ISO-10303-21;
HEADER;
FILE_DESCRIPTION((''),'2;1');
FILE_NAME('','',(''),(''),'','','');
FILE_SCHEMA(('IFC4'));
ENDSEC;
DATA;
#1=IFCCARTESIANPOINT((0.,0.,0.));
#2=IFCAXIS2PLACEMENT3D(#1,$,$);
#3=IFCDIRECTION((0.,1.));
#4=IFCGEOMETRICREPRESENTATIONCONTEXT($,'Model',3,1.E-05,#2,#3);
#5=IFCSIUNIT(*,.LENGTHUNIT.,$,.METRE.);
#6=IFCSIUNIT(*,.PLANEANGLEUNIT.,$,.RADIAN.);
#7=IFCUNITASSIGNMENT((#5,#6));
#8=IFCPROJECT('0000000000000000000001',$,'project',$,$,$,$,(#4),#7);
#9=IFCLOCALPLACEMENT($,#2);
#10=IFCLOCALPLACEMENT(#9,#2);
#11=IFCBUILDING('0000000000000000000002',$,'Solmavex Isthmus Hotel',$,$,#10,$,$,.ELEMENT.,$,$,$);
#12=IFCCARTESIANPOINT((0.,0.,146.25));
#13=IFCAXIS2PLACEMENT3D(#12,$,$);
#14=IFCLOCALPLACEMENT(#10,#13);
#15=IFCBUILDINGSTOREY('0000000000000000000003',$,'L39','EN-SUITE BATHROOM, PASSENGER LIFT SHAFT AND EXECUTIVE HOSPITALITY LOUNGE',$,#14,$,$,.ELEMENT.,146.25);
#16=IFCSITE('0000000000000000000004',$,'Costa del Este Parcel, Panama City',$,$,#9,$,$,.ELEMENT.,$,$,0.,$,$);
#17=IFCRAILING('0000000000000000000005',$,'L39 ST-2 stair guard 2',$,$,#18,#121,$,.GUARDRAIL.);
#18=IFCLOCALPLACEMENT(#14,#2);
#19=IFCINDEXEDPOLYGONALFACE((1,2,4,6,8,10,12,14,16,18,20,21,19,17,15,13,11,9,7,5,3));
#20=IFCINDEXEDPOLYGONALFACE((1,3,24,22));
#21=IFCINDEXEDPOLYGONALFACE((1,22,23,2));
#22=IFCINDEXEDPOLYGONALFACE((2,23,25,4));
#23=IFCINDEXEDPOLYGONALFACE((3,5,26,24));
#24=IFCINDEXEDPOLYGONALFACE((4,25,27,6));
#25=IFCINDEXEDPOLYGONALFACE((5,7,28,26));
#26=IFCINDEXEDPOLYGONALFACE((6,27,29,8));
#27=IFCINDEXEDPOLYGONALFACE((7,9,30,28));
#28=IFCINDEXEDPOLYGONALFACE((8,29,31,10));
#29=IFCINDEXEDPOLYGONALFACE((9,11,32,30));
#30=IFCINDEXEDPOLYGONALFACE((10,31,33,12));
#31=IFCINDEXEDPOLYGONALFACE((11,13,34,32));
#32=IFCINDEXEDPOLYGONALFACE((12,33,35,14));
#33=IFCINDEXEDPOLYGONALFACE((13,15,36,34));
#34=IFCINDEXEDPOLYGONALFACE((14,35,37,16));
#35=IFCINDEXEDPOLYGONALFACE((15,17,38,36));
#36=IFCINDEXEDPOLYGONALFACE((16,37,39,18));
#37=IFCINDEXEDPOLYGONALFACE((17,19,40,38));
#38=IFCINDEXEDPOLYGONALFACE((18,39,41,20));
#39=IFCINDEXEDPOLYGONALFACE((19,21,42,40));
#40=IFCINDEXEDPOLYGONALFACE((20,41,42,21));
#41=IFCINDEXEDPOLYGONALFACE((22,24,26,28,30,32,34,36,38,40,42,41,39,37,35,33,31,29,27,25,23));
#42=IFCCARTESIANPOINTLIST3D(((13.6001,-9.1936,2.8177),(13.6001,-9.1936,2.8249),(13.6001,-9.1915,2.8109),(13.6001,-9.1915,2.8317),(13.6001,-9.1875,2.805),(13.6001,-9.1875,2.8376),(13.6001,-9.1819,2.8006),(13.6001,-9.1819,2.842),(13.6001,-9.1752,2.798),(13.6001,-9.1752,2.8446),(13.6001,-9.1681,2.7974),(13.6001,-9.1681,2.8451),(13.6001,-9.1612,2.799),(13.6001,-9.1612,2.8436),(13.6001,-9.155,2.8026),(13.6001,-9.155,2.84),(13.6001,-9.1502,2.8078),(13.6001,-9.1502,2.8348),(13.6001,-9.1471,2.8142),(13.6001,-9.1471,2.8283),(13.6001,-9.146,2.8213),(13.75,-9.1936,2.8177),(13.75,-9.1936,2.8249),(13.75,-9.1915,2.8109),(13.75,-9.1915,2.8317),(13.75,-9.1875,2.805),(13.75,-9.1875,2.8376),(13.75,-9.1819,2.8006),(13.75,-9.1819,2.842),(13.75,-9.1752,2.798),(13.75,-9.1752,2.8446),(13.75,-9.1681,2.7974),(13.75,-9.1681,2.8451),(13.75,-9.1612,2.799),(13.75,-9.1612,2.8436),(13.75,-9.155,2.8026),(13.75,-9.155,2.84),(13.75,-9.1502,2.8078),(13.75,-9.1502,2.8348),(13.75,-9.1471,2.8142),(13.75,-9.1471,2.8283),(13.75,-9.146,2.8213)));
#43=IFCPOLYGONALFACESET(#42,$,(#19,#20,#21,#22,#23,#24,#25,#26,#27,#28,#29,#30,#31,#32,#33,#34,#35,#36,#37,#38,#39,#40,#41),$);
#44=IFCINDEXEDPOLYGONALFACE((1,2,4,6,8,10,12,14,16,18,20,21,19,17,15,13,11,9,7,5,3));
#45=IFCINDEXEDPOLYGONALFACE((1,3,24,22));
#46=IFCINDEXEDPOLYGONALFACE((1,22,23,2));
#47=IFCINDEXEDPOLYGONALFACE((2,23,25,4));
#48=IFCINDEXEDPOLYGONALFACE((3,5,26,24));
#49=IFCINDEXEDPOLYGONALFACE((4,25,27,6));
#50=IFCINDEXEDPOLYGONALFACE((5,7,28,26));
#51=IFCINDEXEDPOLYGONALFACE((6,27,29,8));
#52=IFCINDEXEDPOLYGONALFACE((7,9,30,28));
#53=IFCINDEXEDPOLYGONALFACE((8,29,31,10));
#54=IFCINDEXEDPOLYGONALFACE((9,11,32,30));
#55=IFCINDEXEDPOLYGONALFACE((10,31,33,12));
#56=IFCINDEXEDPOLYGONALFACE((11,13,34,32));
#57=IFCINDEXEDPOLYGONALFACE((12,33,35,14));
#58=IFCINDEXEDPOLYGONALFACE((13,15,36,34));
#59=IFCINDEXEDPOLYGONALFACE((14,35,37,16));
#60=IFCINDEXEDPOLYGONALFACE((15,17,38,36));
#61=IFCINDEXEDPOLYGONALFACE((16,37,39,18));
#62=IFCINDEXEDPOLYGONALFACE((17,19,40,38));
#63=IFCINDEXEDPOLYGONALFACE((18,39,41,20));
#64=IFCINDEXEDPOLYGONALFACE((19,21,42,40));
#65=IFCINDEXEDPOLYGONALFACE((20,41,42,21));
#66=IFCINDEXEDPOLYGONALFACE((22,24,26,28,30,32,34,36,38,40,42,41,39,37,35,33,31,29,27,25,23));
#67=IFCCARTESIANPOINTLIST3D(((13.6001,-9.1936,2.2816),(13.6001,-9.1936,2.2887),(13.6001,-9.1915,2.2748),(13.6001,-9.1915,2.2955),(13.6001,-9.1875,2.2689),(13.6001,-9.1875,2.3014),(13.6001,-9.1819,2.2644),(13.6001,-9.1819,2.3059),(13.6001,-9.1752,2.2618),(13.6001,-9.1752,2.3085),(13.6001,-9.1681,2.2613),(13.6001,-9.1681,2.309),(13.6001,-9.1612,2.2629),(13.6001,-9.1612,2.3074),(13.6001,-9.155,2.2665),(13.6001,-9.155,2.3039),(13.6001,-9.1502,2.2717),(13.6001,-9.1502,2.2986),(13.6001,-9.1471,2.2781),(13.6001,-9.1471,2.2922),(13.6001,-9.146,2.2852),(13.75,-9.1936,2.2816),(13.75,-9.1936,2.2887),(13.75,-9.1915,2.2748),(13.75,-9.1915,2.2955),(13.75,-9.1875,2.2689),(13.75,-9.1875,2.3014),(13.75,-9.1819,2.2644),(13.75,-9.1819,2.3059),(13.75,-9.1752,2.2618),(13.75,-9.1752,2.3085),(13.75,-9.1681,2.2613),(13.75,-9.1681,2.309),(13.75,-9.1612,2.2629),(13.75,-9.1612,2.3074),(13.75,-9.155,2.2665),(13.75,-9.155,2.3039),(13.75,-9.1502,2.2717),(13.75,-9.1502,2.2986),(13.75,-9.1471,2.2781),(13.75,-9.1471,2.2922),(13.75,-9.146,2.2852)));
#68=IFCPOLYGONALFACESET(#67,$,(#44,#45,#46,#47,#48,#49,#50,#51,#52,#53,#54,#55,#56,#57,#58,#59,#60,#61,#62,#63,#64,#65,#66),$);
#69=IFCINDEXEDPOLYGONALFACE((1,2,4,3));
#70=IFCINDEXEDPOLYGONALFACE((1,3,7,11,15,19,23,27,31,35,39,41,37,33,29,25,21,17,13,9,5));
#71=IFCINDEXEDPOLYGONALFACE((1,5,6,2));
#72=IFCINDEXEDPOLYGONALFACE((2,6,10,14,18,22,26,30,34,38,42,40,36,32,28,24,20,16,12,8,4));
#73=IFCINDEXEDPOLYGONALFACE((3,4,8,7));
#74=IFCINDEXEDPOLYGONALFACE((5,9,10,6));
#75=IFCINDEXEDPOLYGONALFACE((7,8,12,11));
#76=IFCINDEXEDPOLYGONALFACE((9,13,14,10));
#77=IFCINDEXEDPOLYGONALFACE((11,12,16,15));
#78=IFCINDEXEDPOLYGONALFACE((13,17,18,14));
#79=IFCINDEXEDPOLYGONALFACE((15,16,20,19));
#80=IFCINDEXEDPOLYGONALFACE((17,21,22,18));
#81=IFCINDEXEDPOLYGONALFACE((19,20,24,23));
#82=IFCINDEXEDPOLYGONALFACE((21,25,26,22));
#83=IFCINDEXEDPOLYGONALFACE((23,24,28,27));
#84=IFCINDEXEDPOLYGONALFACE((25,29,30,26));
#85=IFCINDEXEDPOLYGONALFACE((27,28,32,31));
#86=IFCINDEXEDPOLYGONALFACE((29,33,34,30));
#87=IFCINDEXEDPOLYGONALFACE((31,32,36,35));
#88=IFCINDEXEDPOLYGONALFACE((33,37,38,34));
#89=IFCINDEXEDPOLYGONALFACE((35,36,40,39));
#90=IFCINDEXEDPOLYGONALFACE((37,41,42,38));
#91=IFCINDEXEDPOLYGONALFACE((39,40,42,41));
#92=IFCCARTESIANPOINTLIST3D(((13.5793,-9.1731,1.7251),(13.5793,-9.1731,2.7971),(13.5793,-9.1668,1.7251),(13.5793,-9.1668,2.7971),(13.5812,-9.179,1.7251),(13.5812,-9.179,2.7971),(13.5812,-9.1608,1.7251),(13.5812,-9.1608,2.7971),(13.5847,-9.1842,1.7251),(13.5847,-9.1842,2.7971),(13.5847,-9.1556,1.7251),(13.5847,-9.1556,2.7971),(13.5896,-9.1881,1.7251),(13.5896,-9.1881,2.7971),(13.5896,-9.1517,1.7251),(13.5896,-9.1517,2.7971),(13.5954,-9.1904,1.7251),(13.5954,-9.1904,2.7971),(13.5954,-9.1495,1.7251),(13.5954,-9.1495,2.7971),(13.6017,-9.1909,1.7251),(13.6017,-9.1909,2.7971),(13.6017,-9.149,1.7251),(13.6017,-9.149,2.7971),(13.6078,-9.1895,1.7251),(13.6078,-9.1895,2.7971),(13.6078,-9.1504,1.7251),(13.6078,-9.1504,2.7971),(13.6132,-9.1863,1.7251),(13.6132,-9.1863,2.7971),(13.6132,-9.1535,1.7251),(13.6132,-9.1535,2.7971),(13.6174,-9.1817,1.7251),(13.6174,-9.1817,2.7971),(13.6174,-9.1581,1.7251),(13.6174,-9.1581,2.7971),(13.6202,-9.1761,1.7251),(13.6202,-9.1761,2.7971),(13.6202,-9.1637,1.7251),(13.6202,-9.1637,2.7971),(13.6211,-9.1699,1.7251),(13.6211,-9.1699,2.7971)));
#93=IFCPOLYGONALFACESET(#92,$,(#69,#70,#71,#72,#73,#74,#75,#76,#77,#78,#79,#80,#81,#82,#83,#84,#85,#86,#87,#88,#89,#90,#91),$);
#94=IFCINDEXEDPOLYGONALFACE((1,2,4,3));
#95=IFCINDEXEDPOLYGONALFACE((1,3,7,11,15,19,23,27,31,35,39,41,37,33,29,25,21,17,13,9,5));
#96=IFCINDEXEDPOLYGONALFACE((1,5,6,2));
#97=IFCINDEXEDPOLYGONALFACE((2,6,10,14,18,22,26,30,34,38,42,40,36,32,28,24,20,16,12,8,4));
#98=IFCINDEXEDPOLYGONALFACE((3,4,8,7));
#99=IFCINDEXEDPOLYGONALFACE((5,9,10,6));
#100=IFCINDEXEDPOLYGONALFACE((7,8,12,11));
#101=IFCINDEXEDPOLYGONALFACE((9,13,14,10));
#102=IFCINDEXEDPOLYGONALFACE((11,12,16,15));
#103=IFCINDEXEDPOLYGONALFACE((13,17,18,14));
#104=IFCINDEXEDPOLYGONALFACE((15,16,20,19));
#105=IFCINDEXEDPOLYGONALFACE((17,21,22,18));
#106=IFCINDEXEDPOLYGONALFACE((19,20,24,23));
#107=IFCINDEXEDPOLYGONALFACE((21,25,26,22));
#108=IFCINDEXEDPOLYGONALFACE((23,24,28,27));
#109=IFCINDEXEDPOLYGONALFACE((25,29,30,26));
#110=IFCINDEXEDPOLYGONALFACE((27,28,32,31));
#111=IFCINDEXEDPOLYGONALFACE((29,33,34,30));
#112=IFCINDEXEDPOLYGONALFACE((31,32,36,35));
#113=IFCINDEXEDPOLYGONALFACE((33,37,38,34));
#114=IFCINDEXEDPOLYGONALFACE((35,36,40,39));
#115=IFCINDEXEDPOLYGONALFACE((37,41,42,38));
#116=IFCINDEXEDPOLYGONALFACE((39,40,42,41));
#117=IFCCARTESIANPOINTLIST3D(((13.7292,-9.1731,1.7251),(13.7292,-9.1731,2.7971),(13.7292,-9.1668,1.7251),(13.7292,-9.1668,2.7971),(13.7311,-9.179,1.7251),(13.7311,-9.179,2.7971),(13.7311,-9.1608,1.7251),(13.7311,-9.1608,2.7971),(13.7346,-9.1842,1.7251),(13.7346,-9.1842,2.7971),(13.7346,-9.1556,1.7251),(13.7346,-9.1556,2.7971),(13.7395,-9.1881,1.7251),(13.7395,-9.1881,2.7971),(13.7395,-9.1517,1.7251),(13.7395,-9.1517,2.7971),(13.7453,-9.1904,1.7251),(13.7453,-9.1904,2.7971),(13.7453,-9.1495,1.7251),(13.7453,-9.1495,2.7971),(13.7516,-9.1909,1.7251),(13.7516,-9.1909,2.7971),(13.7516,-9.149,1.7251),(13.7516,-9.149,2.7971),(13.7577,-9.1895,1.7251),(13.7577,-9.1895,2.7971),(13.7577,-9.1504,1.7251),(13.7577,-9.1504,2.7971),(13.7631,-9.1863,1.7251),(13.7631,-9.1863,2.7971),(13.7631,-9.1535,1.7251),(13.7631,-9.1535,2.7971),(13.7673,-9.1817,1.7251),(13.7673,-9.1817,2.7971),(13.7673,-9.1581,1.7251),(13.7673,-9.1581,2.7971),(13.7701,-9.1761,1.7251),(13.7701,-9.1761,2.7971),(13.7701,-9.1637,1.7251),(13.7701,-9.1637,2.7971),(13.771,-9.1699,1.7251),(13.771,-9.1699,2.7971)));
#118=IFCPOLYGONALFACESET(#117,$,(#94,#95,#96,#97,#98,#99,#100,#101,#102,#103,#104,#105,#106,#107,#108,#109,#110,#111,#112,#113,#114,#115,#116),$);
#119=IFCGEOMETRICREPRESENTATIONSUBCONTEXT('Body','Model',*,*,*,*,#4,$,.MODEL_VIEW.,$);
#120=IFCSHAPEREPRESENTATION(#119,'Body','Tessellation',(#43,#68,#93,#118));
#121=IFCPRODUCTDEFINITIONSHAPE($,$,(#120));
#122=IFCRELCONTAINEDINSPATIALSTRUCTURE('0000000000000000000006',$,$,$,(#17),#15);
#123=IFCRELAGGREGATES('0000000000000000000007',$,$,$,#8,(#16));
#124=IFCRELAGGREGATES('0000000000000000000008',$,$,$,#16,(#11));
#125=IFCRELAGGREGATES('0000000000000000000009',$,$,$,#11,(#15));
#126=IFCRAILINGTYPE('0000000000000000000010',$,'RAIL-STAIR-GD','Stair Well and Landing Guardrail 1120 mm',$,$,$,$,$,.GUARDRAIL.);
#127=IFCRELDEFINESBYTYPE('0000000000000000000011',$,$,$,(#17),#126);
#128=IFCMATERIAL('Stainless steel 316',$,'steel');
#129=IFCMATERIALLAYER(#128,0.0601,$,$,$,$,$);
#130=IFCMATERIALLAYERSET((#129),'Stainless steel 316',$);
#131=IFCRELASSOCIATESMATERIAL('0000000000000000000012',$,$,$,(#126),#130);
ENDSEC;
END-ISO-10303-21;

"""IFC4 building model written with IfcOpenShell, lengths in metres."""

from ifc_helpers import new_model, si_unit, direction, frame, origin, origin_2d, place, context, subcontext, project, spatial, circle, extrude, material, layer, layer_set, type_object, element, save


model = new_model("IFC4")

# Units and contexts
model_context = context("Model", 3, precision=1e-05, world=origin(), true_north=direction((0.0, 1.0)))
body_context = subcontext(model_context, "Body", "Model", "MODEL_VIEW")
ifc_project = project(units=[si_unit("LENGTHUNIT", "METRE"), si_unit("PLANEANGLEUNIT", "RADIAN")], contexts=[model_context])

# Site, building, storey
site_placement = place(None, origin())
site = spatial("IfcSite", under=ifc_project, at=site_placement, Name="Costa del Este Parcel, Panama City", CompositionType="ELEMENT", RefElevation=0.0)
building_placement = place(site_placement, origin())
building = spatial("IfcBuilding", under=site, at=building_placement, Name="Solmavex Isthmus Hotel", CompositionType="ELEMENT")
storey_placement = place(building_placement, frame((0.0, 0.0, 146.25)))
storey = spatial("IfcBuildingStorey", under=building, at=storey_placement, Name="L39", Description="EN-SUITE BATHROOM, PASSENGER LIFT SHAFT AND EXECUTIVE HOSPITALITY LOUNGE", CompositionType="ELEMENT", Elevation=146.25)

# Shared definitions
ifc_material_1 = material(Name="Stainless steel 316", Category="steel")

# Railing
ifc_layer_1 = layer(ifc_material_1, 0.0601)
ifc_layer_set_1 = layer_set([ifc_layer_1], Name="Stainless steel 316")
railing_type_1 = type_object("IfcRailingType", Name="RAIL-STAIR-GD", Description="Stair Well and Landing Guardrail 1120 mm", PredefinedType="GUARDRAIL", material=ifc_layer_set_1)
for number, where, name in (
    (1, (13.6001, -9.1699, 1.7251), "L39 ST-2 stair guard 2"),
):
    element("IfcRailing", number, at=place(storey_placement, frame(where)), inside=storey, type_object=railing_type_1, Name=name, PredefinedType="GUARDRAIL", context=body_context, shape_type="SweptSolid", body=[
        extrude(circle(Radius=0.0239, at=origin_2d()), frame((0.0, 0.0, 1.0962), z_axis=(1.0, 0.0, 0.0), x_axis=(0.0, 1.0, 0.0)), (0.0, 0.0, 1.0), 0.1499),
        extrude(circle(Radius=0.0239, at=origin_2d()), frame((0.0, 0.0, 0.5601), z_axis=(1.0, 0.0, 0.0), x_axis=(0.0, 1.0, 0.0)), (0.0, 0.0, 1.0), 0.1499),
        extrude(circle(Radius=0.021, at=origin_2d()), origin(), (0.0, 0.0, 1.0), 1.072),
        extrude(circle(Radius=0.021, at=origin_2d()), frame((0.1499, 0.0, 0.0)), (0.0, 0.0, 1.0), 1.072),
    ])

save(model, "model.ifc")
